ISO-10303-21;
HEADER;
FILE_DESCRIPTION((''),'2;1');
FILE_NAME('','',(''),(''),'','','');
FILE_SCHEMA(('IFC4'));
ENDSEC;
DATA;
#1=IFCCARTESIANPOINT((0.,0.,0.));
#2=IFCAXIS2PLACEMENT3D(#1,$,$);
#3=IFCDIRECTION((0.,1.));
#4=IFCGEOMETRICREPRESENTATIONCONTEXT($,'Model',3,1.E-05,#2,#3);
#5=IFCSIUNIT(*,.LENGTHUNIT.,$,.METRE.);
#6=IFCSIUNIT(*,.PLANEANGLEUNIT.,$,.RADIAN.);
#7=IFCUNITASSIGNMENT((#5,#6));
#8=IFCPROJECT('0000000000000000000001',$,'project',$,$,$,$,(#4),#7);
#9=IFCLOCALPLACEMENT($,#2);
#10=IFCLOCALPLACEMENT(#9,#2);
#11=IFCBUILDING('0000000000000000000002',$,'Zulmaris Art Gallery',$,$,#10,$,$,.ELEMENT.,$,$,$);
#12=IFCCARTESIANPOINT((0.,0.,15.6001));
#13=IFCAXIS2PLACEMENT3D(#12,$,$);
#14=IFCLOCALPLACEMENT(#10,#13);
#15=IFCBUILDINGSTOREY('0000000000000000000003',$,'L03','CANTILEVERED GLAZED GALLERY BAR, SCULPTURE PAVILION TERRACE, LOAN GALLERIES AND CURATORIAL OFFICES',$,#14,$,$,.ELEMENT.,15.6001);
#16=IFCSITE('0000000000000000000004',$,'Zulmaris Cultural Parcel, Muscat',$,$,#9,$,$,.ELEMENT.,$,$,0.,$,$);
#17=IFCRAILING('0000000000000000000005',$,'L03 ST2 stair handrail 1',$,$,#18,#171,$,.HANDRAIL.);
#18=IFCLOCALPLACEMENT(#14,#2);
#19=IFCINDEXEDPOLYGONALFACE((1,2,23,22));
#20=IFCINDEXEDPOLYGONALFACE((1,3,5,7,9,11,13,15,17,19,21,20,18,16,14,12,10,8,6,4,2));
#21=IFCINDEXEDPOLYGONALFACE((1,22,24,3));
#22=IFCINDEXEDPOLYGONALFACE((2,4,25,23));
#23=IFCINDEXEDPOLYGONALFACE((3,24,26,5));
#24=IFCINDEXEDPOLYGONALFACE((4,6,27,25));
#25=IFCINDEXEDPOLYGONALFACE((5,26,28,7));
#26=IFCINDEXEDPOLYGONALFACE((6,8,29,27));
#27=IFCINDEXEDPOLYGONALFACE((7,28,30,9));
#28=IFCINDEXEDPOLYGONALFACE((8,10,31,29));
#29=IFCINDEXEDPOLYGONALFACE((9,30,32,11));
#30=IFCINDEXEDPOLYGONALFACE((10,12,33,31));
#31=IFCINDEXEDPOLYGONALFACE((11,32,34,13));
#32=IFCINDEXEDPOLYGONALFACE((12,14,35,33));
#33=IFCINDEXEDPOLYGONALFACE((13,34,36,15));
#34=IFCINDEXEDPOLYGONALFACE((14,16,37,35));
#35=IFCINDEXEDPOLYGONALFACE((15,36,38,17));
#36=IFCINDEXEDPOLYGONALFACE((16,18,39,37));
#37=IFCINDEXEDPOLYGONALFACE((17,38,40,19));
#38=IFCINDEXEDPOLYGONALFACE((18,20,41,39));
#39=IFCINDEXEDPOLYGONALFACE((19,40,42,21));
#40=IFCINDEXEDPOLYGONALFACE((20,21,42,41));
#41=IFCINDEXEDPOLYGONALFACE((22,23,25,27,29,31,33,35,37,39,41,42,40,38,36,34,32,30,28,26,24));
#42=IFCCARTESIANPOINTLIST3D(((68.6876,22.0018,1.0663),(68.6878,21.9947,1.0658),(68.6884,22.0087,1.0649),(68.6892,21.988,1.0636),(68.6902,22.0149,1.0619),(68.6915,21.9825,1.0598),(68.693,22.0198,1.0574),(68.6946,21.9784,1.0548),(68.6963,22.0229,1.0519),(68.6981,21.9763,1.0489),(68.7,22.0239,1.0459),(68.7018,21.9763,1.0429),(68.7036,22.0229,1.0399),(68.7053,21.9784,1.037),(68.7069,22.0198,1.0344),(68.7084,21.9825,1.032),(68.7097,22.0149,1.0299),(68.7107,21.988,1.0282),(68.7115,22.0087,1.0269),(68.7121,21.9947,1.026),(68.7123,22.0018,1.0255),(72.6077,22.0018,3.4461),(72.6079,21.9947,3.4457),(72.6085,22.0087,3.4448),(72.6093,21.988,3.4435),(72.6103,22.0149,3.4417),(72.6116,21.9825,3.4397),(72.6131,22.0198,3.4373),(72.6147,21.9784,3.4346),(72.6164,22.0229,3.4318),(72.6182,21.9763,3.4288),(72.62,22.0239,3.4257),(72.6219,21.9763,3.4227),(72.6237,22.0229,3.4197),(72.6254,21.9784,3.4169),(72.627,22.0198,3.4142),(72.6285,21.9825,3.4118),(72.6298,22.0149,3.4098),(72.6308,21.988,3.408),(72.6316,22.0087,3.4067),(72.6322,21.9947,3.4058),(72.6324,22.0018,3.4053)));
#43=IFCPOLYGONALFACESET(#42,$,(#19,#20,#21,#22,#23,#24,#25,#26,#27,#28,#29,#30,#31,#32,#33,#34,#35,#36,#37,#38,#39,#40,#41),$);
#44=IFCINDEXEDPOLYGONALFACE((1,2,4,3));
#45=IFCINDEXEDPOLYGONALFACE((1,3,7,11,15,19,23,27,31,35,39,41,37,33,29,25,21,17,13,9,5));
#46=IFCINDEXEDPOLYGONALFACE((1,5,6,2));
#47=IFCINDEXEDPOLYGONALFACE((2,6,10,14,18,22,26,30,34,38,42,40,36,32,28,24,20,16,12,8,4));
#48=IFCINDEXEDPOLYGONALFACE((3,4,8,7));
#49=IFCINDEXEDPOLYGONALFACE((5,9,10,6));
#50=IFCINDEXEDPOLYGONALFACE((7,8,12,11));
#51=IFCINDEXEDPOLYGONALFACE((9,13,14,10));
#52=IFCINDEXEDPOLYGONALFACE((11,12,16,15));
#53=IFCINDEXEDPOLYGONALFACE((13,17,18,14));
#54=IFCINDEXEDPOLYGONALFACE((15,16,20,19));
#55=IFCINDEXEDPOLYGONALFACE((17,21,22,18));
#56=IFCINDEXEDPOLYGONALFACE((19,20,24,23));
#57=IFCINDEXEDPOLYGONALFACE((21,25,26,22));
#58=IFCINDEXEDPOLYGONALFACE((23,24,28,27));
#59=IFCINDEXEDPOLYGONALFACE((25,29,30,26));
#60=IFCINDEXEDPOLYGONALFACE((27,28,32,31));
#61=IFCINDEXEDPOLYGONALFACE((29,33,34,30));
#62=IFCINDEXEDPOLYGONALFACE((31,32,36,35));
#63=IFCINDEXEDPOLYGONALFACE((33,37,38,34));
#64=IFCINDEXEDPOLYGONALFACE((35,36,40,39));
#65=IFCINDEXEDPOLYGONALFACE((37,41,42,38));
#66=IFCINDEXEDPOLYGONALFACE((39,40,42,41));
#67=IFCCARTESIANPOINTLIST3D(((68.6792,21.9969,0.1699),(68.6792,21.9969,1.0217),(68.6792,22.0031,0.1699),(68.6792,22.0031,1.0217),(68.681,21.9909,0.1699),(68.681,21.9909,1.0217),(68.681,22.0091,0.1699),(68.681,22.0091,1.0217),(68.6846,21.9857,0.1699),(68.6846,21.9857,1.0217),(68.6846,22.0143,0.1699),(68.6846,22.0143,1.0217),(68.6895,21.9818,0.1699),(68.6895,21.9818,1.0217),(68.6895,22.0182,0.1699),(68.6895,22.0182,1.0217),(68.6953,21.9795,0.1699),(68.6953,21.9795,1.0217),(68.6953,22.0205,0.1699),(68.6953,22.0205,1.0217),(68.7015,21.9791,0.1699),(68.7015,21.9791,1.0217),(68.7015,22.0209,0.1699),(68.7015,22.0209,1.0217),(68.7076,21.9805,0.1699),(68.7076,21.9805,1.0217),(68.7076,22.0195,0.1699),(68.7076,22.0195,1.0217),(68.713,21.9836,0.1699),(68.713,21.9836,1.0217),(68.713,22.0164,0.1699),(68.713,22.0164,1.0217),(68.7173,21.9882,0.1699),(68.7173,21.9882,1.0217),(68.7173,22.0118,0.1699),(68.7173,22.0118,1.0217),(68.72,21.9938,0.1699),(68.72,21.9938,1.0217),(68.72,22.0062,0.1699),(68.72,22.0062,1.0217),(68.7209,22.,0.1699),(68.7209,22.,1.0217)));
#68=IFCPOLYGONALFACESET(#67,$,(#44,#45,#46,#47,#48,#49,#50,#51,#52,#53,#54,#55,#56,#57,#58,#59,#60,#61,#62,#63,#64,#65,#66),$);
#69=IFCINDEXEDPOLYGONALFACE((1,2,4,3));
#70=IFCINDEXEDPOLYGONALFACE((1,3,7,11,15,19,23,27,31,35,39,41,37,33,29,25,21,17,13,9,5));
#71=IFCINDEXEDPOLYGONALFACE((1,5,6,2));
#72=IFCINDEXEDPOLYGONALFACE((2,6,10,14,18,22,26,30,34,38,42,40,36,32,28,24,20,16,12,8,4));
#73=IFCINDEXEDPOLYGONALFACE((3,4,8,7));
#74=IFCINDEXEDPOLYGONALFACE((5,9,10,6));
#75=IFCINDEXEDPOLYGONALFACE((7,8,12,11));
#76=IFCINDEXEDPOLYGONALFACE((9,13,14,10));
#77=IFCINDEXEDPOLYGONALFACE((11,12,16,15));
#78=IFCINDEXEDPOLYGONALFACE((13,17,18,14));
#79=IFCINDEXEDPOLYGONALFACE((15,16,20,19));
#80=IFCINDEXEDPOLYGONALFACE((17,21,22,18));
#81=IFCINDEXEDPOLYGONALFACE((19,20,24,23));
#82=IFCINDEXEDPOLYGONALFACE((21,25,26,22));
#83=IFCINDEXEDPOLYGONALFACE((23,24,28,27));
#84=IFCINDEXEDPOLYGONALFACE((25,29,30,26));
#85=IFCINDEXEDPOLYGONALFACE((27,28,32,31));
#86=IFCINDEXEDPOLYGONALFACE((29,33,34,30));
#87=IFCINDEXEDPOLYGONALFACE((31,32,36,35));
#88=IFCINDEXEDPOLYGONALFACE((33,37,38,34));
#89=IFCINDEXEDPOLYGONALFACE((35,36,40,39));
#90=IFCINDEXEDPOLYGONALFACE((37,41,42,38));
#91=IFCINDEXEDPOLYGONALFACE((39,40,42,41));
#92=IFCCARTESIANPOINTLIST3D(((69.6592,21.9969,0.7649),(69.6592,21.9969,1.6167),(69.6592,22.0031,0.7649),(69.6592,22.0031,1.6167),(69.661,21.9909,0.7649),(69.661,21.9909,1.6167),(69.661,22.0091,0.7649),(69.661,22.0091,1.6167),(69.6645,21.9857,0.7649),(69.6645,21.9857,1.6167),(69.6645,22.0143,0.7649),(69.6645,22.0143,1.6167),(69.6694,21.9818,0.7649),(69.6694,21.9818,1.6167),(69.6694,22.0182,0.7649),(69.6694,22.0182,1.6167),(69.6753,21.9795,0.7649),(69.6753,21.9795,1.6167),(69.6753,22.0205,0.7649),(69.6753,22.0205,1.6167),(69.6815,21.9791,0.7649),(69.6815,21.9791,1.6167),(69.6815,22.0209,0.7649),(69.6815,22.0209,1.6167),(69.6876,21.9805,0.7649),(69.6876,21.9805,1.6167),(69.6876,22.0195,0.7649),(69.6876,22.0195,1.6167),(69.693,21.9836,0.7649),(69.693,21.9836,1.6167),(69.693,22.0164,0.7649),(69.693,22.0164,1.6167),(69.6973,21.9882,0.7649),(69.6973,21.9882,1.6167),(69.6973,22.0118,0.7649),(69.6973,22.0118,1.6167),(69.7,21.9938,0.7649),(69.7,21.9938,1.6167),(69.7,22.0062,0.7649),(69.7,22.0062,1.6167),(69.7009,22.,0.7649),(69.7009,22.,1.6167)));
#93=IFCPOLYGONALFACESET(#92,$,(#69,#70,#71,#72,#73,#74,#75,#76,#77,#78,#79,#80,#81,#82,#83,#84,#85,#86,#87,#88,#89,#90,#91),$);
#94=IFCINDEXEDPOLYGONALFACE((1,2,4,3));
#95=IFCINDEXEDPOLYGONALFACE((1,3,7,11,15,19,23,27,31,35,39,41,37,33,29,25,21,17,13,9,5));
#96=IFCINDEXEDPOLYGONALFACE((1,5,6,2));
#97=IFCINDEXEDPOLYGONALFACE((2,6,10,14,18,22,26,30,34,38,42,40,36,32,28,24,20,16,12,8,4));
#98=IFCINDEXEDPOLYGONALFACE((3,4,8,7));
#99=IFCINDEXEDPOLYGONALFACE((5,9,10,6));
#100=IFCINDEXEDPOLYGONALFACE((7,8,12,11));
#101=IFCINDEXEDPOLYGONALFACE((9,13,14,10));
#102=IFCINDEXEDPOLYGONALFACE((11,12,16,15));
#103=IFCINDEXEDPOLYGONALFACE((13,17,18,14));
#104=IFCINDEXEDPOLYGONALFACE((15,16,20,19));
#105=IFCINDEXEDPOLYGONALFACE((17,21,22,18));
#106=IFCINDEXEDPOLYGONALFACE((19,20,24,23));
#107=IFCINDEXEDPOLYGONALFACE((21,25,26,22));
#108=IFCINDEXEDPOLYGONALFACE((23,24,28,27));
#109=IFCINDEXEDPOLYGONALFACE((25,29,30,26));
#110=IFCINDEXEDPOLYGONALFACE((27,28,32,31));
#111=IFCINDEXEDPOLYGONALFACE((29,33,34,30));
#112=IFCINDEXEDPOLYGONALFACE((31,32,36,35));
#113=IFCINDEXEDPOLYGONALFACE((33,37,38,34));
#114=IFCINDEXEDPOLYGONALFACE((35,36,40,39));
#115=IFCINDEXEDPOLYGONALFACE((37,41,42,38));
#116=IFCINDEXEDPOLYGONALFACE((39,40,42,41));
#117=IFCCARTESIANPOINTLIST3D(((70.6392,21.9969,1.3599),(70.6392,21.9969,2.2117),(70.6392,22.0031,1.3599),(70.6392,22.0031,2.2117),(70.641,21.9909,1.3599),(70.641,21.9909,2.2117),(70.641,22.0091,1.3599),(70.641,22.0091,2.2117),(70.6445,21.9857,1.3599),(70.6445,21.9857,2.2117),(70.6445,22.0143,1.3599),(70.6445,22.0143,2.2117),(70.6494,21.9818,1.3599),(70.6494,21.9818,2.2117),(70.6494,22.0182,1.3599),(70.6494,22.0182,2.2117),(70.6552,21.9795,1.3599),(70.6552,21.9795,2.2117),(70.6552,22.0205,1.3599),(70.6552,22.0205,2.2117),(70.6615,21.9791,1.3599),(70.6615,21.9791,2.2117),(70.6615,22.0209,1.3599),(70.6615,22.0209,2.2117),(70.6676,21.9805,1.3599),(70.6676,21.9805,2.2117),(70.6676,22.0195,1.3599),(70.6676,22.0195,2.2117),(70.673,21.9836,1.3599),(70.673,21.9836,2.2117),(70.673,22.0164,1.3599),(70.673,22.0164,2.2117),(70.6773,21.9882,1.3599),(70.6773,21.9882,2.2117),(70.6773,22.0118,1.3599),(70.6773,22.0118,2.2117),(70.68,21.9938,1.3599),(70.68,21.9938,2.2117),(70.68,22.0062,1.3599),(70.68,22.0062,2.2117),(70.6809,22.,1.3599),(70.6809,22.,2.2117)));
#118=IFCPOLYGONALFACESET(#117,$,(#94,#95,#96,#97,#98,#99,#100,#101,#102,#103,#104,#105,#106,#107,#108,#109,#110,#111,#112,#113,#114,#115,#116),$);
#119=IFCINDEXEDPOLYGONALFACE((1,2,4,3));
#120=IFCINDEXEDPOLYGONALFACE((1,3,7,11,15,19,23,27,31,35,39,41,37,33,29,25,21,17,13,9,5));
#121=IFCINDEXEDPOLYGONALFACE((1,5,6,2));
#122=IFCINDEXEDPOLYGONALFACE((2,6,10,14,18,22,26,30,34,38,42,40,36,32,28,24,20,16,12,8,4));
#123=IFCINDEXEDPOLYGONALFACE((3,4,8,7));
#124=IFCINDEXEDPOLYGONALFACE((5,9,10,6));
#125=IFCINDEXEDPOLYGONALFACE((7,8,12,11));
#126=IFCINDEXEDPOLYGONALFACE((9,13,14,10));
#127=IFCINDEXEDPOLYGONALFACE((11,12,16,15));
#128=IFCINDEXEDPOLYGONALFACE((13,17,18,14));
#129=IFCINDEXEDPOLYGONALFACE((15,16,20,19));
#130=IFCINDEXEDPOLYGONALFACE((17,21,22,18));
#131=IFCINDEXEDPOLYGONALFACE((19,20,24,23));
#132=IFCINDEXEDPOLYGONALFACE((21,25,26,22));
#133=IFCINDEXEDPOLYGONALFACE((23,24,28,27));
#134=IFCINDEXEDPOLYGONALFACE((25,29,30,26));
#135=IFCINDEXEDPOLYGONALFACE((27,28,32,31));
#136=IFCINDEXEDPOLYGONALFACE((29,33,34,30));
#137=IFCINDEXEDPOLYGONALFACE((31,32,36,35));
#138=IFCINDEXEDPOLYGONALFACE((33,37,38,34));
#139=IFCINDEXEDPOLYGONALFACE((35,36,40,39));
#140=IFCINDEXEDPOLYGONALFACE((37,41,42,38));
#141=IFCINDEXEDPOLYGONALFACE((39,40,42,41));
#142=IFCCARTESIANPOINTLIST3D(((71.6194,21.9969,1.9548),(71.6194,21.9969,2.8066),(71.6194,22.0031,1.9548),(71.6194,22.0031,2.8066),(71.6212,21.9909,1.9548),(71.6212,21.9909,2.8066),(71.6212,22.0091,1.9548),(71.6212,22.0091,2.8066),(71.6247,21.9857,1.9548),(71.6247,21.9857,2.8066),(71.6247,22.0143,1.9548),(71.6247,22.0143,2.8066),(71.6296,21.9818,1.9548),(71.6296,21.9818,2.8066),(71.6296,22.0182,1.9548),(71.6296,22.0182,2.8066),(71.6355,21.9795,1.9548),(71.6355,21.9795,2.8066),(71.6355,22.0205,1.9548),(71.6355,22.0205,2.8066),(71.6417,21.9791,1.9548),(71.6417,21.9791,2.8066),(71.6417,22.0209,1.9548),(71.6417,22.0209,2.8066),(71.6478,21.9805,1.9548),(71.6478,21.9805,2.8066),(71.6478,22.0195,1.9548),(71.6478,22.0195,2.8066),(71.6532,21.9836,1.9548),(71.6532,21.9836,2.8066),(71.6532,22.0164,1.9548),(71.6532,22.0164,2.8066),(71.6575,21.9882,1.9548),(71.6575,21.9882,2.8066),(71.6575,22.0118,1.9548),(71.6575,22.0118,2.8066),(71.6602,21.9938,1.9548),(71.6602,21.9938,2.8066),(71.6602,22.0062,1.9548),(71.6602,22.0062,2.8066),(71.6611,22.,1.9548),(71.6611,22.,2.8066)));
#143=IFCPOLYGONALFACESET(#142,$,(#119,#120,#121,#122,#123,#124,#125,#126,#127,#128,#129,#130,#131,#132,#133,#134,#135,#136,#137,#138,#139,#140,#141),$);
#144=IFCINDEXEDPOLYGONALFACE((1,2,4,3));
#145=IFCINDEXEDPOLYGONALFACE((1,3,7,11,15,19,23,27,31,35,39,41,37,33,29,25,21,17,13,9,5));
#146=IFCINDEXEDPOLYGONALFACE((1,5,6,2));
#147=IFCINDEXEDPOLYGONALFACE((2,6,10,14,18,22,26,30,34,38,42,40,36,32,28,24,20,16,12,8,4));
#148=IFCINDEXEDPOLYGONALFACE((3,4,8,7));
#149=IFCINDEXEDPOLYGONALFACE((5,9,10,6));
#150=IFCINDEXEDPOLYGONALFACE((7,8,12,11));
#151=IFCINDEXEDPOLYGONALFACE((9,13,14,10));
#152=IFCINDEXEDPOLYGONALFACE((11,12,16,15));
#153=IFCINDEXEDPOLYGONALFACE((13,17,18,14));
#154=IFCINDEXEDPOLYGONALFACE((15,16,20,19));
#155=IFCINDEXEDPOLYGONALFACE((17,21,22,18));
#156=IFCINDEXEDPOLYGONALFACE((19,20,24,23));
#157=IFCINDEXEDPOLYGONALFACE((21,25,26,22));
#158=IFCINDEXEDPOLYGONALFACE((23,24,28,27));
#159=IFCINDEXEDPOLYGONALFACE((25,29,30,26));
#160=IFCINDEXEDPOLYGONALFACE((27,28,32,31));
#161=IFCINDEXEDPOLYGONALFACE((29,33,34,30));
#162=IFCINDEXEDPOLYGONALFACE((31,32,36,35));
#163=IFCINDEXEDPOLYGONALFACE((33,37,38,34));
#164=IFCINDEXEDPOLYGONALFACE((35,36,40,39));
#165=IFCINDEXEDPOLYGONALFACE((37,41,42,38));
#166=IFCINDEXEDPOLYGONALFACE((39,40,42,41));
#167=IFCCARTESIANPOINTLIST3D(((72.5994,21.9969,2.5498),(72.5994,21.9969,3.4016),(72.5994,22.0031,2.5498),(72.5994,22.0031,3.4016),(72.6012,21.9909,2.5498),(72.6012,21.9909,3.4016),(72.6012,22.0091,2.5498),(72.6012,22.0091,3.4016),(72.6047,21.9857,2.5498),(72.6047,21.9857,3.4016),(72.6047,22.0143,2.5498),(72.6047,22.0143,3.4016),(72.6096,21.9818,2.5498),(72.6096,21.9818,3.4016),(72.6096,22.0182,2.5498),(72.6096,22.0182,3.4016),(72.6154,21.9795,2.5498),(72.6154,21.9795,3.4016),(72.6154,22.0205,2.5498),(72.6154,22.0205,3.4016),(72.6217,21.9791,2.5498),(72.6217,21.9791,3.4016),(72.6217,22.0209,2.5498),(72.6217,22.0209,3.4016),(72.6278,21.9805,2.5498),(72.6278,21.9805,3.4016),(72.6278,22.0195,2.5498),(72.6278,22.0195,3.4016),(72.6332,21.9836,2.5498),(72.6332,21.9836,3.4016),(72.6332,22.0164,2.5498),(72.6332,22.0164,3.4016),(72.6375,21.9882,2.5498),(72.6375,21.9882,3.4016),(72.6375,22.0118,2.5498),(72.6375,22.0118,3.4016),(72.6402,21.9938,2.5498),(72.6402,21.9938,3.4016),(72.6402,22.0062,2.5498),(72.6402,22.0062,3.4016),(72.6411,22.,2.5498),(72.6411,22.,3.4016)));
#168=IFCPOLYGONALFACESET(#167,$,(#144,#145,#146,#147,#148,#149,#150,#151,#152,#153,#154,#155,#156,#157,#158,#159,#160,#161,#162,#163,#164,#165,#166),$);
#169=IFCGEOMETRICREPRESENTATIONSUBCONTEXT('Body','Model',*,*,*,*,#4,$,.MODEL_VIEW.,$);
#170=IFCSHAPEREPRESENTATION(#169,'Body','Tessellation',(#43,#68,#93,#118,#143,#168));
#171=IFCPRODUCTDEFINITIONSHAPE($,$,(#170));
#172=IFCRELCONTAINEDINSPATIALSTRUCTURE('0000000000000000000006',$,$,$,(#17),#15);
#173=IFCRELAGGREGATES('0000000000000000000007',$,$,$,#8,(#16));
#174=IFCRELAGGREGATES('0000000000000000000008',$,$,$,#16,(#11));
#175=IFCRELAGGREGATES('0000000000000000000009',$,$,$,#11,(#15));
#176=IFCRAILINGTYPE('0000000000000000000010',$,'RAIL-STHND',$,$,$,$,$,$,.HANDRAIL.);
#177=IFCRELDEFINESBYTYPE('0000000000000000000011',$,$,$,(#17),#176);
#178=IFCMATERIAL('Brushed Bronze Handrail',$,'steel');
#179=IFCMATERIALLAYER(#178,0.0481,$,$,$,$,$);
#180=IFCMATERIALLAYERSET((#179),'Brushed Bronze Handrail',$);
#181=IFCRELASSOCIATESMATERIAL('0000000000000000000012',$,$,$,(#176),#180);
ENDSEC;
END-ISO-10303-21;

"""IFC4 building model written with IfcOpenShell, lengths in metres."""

from ifc_helpers import new_model, si_unit, direction, frame, origin, origin_2d, place, context, subcontext, project, spatial, circle, extrude, material, layer, layer_set, type_object, element, save


model = new_model("IFC4")

# Units and contexts
model_context = context("Model", 3, precision=1e-05, world=origin(), true_north=direction((0.0, 1.0)))
body_context = subcontext(model_context, "Body", "Model", "MODEL_VIEW")
ifc_project = project(units=[si_unit("LENGTHUNIT", "METRE"), si_unit("PLANEANGLEUNIT", "RADIAN")], contexts=[model_context])

# Site, building, storey
site_placement = place(None, origin())
site = spatial("IfcSite", under=ifc_project, at=site_placement, Name="Zulmaris Cultural Parcel, Muscat", CompositionType="ELEMENT", RefElevation=0.0)
building_placement = place(site_placement, origin())
building = spatial("IfcBuilding", under=site, at=building_placement, Name="Zulmaris Art Gallery", CompositionType="ELEMENT")
storey_placement = place(building_placement, frame((0.0, 0.0, 15.6001)))
storey = spatial("IfcBuildingStorey", under=building, at=storey_placement, Name="L03", Description="CANTILEVERED GLAZED GALLERY BAR, SCULPTURE PAVILION TERRACE, LOAN GALLERIES AND CURATORIAL OFFICES", CompositionType="ELEMENT", Elevation=15.6001)

# Railing
ifc_material_1 = material(Name="Brushed Bronze Handrail", Category="steel")
ifc_layer_1 = layer(ifc_material_1, 0.0481)
ifc_layer_set_1 = layer_set([ifc_layer_1], Name="Brushed Bronze Handrail")
railing_type_1 = type_object("IfcRailingType", Name="RAIL-STHND", PredefinedType="HANDRAIL", material=ifc_layer_set_1)
railing_1_placement = place(storey_placement, frame((68.7, 22.0, 0.1699)))
element("IfcRailing", 1, at=railing_1_placement, inside=storey, type_object=railing_type_1, Name="L03 ST2 stair handrail 1", PredefinedType="HANDRAIL", context=body_context, shape_type="SweptSolid", body=[
    extrude(circle(Radius=0.0239, at=origin_2d()), frame((0.0, 0.0, 0.876), z_axis=(0.854809, 0.0, 0.518943), x_axis=(0.0, 1.0, 0.0)), (0.0, 0.0, 1.0), 4.5859),
    extrude(circle(Radius=0.021, at=origin_2d()), origin(), (0.0, 0.0, 1.0), 0.8518),
    extrude(circle(Radius=0.021, at=origin_2d()), frame((0.98, 0.0, 0.595)), (0.0, 0.0, 1.0), 0.8518),
    extrude(circle(Radius=0.021, at=origin_2d()), frame((1.96, 0.0, 1.1899)), (0.0, 0.0, 1.0), 0.8518),
    extrude(circle(Radius=0.021, at=origin_2d()), frame((2.9402, 0.0, 1.7849)), (0.0, 0.0, 1.0), 0.8518),
    extrude(circle(Radius=0.021, at=origin_2d()), frame((3.9202, 0.0, 2.3799)), (0.0, 0.0, 1.0), 0.8518),
])

save(model, "model.ifc")
